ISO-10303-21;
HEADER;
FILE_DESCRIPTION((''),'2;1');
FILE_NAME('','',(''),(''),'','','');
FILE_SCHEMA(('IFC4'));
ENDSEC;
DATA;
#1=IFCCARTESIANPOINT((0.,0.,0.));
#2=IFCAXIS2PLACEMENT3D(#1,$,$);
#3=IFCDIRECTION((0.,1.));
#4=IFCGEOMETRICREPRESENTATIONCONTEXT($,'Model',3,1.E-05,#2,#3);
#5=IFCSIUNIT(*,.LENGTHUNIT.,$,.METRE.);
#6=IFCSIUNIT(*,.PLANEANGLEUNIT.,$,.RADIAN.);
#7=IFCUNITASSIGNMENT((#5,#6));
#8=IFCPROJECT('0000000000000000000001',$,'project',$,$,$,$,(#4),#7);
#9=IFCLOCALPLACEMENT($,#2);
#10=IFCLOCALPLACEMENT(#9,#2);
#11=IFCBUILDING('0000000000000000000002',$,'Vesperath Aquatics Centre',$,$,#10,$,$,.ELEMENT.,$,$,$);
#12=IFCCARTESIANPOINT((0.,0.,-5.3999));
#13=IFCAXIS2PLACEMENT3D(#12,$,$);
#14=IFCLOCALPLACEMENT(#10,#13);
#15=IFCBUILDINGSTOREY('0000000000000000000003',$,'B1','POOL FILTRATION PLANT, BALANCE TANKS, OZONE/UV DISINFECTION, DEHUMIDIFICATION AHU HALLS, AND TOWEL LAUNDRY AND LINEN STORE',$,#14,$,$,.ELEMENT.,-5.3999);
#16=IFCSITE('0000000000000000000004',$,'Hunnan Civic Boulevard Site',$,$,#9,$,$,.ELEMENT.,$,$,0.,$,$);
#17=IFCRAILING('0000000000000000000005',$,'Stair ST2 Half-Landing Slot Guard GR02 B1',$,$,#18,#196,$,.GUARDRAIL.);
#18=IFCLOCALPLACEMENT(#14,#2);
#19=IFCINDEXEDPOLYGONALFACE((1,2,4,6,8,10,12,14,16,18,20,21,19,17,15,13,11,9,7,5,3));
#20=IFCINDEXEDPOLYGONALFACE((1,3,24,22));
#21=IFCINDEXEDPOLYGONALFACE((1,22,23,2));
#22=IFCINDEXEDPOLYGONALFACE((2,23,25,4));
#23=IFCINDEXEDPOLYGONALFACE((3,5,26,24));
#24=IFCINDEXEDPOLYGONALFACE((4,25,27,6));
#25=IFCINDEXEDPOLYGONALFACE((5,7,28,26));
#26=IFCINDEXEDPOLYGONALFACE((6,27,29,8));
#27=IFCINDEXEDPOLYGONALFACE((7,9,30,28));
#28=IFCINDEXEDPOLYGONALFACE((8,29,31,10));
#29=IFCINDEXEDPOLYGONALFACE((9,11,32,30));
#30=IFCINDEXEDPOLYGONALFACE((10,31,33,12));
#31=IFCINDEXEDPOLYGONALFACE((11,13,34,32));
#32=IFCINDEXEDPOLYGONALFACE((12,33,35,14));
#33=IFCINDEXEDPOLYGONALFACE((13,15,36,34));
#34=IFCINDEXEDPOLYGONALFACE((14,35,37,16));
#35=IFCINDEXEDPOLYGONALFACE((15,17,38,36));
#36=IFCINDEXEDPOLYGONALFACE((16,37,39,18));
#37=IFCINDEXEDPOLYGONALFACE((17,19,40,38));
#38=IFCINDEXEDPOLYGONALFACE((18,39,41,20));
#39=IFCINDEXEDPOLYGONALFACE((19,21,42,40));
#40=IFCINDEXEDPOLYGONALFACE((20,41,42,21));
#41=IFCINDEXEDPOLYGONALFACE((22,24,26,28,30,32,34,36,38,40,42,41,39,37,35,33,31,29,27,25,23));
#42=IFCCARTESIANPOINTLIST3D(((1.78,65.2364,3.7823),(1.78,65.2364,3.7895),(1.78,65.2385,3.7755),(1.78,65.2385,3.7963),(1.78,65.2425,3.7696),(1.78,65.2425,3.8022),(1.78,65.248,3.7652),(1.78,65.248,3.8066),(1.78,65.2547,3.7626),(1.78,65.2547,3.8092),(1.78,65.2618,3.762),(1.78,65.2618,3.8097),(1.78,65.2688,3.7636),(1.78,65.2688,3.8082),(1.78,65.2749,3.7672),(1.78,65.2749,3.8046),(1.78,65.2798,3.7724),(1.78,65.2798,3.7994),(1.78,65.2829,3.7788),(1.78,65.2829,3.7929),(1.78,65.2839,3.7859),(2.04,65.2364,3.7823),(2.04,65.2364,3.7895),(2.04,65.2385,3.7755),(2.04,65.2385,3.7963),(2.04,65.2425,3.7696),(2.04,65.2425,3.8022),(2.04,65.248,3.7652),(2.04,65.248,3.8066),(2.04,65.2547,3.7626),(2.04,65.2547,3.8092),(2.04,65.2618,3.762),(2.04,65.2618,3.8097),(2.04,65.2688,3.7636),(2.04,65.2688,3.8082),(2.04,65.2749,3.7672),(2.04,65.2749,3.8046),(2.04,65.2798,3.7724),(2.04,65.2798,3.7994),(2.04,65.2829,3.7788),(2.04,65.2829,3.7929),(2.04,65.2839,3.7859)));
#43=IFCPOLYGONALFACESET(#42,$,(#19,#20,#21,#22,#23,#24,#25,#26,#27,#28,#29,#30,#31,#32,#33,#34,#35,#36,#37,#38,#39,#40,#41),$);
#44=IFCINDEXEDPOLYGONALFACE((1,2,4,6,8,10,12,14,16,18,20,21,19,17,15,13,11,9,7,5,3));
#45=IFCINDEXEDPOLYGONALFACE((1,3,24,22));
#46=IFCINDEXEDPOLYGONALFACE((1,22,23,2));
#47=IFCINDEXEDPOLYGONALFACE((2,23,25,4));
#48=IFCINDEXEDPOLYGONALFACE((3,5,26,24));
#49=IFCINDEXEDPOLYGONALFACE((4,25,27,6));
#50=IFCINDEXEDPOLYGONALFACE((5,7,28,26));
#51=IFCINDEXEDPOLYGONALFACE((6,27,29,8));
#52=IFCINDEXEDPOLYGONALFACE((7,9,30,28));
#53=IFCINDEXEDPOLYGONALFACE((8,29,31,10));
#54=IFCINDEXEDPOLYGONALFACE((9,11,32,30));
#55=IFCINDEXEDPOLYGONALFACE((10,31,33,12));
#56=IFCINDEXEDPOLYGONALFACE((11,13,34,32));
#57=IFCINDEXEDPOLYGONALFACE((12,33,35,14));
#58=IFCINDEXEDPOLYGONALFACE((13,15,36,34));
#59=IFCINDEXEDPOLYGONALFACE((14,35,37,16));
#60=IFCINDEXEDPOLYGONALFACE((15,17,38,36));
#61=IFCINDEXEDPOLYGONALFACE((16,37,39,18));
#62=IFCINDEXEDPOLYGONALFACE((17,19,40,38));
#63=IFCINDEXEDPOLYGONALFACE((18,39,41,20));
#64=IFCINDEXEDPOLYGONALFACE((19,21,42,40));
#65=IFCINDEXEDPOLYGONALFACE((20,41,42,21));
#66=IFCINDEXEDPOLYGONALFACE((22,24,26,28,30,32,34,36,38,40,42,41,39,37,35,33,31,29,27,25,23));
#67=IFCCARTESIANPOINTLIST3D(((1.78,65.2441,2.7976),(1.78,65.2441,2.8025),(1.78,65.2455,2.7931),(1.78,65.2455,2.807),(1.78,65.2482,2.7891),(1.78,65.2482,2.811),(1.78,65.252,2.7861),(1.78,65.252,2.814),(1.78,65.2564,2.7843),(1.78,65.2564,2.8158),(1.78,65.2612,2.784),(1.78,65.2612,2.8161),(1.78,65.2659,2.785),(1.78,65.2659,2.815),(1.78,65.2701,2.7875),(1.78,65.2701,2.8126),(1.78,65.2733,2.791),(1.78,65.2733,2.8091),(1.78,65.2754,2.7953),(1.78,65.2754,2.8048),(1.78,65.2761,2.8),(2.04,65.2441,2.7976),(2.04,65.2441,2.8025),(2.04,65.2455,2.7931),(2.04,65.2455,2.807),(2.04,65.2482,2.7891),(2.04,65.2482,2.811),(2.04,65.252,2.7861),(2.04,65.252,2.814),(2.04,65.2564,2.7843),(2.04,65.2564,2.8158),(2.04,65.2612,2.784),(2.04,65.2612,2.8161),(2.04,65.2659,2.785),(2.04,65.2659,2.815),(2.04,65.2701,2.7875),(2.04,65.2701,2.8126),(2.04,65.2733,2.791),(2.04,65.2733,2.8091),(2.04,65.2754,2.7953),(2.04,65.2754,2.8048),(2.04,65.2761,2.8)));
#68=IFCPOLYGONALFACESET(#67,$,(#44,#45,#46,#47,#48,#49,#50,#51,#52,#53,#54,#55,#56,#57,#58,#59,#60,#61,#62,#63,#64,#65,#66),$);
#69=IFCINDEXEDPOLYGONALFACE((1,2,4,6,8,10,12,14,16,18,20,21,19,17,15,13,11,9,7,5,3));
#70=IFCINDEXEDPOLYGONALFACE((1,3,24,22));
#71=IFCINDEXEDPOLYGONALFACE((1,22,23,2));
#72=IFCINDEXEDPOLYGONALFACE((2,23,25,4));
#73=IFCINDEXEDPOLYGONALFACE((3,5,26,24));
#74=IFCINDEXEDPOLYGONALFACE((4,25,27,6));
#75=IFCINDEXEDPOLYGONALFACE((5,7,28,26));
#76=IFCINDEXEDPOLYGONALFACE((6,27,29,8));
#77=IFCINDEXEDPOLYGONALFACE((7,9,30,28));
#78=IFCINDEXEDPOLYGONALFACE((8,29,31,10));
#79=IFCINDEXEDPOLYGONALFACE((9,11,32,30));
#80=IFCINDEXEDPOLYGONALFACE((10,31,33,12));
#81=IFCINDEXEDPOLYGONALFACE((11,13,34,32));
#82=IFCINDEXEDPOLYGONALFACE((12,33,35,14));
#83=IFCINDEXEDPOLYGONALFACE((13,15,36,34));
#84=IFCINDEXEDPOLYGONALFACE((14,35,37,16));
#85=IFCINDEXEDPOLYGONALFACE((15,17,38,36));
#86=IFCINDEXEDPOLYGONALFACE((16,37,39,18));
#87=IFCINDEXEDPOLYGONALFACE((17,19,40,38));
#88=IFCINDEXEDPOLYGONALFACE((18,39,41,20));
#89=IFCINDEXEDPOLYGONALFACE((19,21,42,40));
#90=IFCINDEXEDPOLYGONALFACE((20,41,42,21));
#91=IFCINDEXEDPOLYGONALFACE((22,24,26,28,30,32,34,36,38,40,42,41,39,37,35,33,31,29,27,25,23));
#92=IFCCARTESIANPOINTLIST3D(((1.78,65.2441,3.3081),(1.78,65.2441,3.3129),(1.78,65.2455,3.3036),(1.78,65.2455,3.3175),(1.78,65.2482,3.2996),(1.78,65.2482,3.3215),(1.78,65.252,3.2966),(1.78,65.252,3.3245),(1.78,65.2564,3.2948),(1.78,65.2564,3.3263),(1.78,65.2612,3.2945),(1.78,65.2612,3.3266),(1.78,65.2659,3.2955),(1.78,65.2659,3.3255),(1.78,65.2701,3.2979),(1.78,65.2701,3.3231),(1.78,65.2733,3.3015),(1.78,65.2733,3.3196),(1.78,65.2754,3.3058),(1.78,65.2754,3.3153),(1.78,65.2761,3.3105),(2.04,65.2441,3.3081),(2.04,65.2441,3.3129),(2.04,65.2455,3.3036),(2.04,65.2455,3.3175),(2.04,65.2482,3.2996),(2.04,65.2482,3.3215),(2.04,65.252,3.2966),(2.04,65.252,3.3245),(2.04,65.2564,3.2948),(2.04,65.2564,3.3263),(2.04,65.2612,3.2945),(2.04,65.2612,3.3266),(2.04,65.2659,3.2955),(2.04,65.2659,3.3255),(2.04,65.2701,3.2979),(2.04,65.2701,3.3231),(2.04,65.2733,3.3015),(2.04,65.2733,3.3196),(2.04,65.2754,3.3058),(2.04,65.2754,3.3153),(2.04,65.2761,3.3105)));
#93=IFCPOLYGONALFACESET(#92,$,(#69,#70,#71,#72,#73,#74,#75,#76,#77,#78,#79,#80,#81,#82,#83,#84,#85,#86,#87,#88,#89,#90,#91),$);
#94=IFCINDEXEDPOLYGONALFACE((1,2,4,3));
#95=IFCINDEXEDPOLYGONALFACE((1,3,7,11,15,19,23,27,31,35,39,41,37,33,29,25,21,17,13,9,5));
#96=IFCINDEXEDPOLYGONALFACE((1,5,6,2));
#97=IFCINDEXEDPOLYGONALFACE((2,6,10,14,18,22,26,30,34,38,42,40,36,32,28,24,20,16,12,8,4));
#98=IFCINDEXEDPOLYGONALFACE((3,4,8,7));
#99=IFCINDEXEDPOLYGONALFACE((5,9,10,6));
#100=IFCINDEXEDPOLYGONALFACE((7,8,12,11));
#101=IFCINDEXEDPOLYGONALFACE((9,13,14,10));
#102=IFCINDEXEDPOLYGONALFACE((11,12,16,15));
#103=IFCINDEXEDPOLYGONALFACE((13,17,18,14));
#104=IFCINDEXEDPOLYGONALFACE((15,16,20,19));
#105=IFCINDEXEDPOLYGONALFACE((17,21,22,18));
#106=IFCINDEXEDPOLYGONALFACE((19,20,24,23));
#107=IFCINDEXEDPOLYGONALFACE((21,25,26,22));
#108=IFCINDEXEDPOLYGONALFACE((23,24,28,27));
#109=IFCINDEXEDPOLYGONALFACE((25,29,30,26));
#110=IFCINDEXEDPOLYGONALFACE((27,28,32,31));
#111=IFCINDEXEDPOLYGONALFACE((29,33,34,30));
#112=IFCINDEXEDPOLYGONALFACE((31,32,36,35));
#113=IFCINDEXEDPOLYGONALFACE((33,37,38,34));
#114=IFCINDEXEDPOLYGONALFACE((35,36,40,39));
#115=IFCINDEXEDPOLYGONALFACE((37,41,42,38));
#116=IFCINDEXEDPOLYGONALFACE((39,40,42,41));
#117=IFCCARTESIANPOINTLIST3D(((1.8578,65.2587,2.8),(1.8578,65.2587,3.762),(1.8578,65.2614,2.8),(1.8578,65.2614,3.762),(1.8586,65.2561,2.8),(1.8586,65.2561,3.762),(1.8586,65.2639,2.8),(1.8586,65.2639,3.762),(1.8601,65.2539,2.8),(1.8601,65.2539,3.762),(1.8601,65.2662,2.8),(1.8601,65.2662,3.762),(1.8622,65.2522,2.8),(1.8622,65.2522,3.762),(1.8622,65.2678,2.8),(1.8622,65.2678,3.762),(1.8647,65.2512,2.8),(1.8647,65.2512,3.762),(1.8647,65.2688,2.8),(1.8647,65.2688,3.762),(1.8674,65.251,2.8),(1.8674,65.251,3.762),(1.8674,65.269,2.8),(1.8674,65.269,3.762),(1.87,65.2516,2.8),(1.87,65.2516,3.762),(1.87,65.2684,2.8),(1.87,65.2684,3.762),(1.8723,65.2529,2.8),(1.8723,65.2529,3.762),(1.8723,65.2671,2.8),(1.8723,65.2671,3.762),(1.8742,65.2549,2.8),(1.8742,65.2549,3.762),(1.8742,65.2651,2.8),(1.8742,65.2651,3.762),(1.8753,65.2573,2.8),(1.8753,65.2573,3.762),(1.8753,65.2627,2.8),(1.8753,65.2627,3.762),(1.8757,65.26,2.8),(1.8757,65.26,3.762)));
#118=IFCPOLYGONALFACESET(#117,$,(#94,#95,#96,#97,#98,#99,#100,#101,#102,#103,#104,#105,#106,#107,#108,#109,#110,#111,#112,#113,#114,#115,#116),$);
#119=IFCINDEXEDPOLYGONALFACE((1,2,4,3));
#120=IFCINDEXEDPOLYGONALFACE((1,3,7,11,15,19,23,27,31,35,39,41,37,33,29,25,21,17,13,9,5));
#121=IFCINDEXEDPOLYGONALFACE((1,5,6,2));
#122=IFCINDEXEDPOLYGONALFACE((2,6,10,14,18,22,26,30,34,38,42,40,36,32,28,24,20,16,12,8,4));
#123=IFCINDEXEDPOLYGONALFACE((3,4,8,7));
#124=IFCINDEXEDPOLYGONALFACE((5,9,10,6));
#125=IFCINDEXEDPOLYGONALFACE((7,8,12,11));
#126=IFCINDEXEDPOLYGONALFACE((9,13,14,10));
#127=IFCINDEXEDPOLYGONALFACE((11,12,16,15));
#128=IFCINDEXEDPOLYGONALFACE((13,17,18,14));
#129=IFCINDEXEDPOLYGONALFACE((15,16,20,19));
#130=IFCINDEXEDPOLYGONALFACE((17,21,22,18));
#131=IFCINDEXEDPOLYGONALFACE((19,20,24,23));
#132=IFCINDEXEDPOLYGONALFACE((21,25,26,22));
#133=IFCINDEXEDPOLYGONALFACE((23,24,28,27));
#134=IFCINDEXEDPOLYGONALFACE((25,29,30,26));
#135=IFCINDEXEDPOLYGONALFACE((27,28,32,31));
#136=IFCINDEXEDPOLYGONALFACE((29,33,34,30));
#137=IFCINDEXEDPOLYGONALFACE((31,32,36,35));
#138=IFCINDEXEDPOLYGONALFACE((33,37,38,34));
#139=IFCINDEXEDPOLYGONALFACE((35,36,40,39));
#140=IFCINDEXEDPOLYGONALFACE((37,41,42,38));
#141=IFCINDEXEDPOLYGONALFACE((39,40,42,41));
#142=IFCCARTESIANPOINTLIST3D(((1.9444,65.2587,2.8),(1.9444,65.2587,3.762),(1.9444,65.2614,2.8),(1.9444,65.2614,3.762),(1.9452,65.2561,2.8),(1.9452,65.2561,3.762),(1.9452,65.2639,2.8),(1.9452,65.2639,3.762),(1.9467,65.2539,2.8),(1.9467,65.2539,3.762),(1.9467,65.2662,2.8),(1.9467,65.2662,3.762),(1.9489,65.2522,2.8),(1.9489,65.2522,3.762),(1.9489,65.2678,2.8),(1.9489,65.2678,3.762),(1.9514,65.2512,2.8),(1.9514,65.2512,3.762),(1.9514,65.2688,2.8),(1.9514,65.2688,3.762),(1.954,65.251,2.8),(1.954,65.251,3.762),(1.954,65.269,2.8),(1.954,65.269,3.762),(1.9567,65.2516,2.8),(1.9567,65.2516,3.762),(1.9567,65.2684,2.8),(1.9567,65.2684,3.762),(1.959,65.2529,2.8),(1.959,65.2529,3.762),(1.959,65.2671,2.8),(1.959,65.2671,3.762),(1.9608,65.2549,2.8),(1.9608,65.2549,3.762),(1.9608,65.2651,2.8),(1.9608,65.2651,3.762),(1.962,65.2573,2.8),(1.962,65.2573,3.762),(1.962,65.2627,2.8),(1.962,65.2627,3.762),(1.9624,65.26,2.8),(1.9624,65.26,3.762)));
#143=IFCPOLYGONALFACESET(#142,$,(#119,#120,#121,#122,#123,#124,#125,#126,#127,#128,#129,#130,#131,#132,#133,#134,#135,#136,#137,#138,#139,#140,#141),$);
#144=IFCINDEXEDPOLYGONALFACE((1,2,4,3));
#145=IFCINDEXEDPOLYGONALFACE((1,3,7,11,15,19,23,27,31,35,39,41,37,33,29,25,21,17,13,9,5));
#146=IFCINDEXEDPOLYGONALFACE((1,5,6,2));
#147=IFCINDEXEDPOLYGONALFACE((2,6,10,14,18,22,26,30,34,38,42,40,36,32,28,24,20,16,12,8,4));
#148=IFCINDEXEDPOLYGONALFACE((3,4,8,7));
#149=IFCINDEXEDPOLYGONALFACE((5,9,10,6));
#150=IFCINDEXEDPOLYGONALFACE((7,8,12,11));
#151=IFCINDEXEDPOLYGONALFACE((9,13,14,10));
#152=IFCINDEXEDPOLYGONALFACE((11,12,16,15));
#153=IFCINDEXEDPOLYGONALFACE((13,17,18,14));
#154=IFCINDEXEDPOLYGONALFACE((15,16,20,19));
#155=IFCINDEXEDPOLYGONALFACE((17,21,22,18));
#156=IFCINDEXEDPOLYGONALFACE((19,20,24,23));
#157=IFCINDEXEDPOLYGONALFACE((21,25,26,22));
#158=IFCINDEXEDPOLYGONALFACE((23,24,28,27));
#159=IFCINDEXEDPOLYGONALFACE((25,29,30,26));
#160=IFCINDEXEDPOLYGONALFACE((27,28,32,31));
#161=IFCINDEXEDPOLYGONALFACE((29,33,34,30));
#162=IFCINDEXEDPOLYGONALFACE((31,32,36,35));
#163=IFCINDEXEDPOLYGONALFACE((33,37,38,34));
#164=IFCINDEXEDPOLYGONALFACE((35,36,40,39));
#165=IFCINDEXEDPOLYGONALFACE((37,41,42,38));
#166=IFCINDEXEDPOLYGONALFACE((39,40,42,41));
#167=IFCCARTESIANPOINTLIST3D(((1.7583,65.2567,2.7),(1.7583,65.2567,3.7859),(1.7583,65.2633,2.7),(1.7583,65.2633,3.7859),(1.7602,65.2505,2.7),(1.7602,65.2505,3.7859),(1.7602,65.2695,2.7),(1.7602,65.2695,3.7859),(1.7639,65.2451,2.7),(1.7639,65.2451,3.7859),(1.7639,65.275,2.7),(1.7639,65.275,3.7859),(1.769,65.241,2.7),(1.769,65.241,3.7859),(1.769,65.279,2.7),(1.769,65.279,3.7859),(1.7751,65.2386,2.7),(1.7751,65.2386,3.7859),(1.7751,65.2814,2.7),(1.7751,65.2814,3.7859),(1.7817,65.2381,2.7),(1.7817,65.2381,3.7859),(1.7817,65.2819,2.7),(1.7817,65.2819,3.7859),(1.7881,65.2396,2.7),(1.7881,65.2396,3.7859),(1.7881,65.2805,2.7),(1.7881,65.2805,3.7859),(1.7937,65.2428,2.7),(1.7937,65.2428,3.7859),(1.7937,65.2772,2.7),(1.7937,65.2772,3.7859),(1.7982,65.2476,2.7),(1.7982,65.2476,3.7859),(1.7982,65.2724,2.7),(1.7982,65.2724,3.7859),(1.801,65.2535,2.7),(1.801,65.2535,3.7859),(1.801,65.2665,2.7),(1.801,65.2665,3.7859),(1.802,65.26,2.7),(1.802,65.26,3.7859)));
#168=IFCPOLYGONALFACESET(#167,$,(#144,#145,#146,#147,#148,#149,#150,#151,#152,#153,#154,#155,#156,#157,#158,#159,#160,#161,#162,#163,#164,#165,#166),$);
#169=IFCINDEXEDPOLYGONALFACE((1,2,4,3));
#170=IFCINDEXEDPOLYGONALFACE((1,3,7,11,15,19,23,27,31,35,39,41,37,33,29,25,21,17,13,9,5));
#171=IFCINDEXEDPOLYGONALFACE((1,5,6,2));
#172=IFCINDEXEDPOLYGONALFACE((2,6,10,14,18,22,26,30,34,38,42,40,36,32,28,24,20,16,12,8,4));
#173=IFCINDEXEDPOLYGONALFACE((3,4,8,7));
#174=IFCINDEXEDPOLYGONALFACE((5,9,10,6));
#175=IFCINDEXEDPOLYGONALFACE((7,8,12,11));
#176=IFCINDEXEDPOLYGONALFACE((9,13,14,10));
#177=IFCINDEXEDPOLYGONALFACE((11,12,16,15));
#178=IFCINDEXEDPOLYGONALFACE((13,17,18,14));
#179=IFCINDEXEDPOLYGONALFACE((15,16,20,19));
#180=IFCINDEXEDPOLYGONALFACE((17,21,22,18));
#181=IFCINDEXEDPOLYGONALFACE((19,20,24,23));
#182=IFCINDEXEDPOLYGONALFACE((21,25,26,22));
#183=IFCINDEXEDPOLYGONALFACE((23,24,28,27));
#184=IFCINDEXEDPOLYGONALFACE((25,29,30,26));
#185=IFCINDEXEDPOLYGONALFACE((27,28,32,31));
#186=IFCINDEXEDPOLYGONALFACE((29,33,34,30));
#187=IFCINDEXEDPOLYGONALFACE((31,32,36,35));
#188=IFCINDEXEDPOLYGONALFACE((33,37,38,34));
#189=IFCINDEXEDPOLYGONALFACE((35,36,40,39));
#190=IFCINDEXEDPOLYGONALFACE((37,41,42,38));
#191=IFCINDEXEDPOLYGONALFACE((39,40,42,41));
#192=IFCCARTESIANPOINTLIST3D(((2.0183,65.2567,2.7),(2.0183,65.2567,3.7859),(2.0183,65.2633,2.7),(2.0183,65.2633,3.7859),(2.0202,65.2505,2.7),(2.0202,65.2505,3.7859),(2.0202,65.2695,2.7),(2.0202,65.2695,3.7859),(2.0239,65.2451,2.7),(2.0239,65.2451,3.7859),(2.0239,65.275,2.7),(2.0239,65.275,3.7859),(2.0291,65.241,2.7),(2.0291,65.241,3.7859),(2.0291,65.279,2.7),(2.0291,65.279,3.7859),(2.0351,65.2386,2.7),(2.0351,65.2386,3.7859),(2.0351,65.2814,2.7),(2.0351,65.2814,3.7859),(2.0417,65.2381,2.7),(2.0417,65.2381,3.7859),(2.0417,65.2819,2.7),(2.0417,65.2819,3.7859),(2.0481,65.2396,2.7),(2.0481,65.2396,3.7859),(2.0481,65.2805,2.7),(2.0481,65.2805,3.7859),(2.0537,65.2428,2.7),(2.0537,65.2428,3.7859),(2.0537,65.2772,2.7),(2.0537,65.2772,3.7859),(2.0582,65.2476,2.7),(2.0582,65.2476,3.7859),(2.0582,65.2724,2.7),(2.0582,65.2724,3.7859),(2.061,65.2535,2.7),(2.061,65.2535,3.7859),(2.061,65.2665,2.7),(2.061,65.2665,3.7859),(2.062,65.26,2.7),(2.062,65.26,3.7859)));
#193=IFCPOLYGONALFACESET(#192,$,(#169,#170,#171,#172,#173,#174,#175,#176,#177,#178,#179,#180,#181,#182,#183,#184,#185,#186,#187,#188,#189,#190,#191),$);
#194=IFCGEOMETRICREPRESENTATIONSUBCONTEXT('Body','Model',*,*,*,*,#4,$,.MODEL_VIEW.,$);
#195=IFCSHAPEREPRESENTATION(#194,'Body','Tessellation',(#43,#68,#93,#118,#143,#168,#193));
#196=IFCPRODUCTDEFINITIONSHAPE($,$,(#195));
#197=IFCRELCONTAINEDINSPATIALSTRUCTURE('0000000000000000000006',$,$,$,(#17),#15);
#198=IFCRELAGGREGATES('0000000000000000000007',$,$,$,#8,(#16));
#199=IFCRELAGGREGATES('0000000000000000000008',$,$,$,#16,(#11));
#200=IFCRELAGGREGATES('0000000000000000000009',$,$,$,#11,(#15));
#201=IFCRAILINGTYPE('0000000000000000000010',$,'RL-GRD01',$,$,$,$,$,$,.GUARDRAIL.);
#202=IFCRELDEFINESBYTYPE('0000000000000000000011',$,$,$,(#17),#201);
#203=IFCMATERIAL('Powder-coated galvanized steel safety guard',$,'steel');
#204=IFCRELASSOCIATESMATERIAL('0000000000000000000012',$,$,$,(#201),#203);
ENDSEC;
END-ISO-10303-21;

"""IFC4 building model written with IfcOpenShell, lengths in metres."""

from ifc_helpers import new_model, si_unit, direction, frame, origin, origin_2d, place, context, subcontext, project, spatial, circle, extrude, material, type_object, element, save


model = new_model("IFC4")

# Units and contexts
model_context = context("Model", 3, precision=1e-05, world=origin(), true_north=direction((0.0, 1.0)))
body_context = subcontext(model_context, "Body", "Model", "MODEL_VIEW")
ifc_project = project(units=[si_unit("LENGTHUNIT", "METRE"), si_unit("PLANEANGLEUNIT", "RADIAN")], contexts=[model_context])

# Site, building, storey
site_placement = place(None, origin())
site = spatial("IfcSite", under=ifc_project, at=site_placement, Name="Hunnan Civic Boulevard Site", CompositionType="ELEMENT", RefElevation=0.0)
building_placement = place(site_placement, origin())
building = spatial("IfcBuilding", under=site, at=building_placement, Name="Vesperath Aquatics Centre", CompositionType="ELEMENT")
storey_placement = place(building_placement, frame((0.0, 0.0, -5.3999)))
storey = spatial("IfcBuildingStorey", under=building, at=storey_placement, Name="B1", Description="POOL FILTRATION PLANT, BALANCE TANKS, OZONE/UV DISINFECTION, DEHUMIDIFICATION AHU HALLS, AND TOWEL LAUNDRY AND LINEN STORE", CompositionType="ELEMENT", Elevation=-5.3999)

# Railing
ifc_material_1 = material(Name="Powder-coated galvanized steel safety guard", Category="steel")
railing_type_1 = type_object("IfcRailingType", Name="RL-GRD01", PredefinedType="GUARDRAIL", material=ifc_material_1)
railing_1_placement = place(storey_placement, frame((1.78, 65.26, 2.7)))
element("IfcRailing", 1, at=railing_1_placement, inside=storey, type_object=railing_type_1, Name="Stair ST2 Half-Landing Slot Guard GR02 B1", PredefinedType="GUARDRAIL", context=body_context, shape_type="SweptSolid", body=[
    extrude(circle(Radius=0.0239, at=origin_2d()), frame((0.0, 0.0, 1.0859), z_axis=(1.0, 0.0, 0.0), x_axis=(0.0, 1.0, 0.0)), (0.0, 0.0, 1.0), 0.26),
    extrude(circle(Radius=0.0161, at=origin_2d()), frame((0.0, 0.0, 0.1001), z_axis=(1.0, 0.0, 0.0), x_axis=(0.0, 1.0, 0.0)), (0.0, 0.0, 1.0), 0.26),
    extrude(circle(Radius=0.0161, at=origin_2d()), frame((0.0, 0.0, 0.6106), z_axis=(1.0, 0.0, 0.0), x_axis=(0.0, 1.0, 0.0)), (0.0, 0.0, 1.0), 0.26),
    extrude(circle(Radius=0.009, at=origin_2d()), frame((0.0867, 0.0, 0.1001)), (0.0, 0.0, 1.0), 0.9619),
    extrude(circle(Radius=0.009, at=origin_2d()), frame((0.1733, 0.0, 0.1001)), (0.0, 0.0, 1.0), 0.9619),
    extrude(circle(Radius=0.022, at=origin_2d()), origin(), (0.0, 0.0, 1.0), 1.0859),
    extrude(circle(Radius=0.022, at=origin_2d()), frame((0.26, 0.0, 0.0)), (0.0, 0.0, 1.0), 1.0859),
])

save(model, "model.ifc")
